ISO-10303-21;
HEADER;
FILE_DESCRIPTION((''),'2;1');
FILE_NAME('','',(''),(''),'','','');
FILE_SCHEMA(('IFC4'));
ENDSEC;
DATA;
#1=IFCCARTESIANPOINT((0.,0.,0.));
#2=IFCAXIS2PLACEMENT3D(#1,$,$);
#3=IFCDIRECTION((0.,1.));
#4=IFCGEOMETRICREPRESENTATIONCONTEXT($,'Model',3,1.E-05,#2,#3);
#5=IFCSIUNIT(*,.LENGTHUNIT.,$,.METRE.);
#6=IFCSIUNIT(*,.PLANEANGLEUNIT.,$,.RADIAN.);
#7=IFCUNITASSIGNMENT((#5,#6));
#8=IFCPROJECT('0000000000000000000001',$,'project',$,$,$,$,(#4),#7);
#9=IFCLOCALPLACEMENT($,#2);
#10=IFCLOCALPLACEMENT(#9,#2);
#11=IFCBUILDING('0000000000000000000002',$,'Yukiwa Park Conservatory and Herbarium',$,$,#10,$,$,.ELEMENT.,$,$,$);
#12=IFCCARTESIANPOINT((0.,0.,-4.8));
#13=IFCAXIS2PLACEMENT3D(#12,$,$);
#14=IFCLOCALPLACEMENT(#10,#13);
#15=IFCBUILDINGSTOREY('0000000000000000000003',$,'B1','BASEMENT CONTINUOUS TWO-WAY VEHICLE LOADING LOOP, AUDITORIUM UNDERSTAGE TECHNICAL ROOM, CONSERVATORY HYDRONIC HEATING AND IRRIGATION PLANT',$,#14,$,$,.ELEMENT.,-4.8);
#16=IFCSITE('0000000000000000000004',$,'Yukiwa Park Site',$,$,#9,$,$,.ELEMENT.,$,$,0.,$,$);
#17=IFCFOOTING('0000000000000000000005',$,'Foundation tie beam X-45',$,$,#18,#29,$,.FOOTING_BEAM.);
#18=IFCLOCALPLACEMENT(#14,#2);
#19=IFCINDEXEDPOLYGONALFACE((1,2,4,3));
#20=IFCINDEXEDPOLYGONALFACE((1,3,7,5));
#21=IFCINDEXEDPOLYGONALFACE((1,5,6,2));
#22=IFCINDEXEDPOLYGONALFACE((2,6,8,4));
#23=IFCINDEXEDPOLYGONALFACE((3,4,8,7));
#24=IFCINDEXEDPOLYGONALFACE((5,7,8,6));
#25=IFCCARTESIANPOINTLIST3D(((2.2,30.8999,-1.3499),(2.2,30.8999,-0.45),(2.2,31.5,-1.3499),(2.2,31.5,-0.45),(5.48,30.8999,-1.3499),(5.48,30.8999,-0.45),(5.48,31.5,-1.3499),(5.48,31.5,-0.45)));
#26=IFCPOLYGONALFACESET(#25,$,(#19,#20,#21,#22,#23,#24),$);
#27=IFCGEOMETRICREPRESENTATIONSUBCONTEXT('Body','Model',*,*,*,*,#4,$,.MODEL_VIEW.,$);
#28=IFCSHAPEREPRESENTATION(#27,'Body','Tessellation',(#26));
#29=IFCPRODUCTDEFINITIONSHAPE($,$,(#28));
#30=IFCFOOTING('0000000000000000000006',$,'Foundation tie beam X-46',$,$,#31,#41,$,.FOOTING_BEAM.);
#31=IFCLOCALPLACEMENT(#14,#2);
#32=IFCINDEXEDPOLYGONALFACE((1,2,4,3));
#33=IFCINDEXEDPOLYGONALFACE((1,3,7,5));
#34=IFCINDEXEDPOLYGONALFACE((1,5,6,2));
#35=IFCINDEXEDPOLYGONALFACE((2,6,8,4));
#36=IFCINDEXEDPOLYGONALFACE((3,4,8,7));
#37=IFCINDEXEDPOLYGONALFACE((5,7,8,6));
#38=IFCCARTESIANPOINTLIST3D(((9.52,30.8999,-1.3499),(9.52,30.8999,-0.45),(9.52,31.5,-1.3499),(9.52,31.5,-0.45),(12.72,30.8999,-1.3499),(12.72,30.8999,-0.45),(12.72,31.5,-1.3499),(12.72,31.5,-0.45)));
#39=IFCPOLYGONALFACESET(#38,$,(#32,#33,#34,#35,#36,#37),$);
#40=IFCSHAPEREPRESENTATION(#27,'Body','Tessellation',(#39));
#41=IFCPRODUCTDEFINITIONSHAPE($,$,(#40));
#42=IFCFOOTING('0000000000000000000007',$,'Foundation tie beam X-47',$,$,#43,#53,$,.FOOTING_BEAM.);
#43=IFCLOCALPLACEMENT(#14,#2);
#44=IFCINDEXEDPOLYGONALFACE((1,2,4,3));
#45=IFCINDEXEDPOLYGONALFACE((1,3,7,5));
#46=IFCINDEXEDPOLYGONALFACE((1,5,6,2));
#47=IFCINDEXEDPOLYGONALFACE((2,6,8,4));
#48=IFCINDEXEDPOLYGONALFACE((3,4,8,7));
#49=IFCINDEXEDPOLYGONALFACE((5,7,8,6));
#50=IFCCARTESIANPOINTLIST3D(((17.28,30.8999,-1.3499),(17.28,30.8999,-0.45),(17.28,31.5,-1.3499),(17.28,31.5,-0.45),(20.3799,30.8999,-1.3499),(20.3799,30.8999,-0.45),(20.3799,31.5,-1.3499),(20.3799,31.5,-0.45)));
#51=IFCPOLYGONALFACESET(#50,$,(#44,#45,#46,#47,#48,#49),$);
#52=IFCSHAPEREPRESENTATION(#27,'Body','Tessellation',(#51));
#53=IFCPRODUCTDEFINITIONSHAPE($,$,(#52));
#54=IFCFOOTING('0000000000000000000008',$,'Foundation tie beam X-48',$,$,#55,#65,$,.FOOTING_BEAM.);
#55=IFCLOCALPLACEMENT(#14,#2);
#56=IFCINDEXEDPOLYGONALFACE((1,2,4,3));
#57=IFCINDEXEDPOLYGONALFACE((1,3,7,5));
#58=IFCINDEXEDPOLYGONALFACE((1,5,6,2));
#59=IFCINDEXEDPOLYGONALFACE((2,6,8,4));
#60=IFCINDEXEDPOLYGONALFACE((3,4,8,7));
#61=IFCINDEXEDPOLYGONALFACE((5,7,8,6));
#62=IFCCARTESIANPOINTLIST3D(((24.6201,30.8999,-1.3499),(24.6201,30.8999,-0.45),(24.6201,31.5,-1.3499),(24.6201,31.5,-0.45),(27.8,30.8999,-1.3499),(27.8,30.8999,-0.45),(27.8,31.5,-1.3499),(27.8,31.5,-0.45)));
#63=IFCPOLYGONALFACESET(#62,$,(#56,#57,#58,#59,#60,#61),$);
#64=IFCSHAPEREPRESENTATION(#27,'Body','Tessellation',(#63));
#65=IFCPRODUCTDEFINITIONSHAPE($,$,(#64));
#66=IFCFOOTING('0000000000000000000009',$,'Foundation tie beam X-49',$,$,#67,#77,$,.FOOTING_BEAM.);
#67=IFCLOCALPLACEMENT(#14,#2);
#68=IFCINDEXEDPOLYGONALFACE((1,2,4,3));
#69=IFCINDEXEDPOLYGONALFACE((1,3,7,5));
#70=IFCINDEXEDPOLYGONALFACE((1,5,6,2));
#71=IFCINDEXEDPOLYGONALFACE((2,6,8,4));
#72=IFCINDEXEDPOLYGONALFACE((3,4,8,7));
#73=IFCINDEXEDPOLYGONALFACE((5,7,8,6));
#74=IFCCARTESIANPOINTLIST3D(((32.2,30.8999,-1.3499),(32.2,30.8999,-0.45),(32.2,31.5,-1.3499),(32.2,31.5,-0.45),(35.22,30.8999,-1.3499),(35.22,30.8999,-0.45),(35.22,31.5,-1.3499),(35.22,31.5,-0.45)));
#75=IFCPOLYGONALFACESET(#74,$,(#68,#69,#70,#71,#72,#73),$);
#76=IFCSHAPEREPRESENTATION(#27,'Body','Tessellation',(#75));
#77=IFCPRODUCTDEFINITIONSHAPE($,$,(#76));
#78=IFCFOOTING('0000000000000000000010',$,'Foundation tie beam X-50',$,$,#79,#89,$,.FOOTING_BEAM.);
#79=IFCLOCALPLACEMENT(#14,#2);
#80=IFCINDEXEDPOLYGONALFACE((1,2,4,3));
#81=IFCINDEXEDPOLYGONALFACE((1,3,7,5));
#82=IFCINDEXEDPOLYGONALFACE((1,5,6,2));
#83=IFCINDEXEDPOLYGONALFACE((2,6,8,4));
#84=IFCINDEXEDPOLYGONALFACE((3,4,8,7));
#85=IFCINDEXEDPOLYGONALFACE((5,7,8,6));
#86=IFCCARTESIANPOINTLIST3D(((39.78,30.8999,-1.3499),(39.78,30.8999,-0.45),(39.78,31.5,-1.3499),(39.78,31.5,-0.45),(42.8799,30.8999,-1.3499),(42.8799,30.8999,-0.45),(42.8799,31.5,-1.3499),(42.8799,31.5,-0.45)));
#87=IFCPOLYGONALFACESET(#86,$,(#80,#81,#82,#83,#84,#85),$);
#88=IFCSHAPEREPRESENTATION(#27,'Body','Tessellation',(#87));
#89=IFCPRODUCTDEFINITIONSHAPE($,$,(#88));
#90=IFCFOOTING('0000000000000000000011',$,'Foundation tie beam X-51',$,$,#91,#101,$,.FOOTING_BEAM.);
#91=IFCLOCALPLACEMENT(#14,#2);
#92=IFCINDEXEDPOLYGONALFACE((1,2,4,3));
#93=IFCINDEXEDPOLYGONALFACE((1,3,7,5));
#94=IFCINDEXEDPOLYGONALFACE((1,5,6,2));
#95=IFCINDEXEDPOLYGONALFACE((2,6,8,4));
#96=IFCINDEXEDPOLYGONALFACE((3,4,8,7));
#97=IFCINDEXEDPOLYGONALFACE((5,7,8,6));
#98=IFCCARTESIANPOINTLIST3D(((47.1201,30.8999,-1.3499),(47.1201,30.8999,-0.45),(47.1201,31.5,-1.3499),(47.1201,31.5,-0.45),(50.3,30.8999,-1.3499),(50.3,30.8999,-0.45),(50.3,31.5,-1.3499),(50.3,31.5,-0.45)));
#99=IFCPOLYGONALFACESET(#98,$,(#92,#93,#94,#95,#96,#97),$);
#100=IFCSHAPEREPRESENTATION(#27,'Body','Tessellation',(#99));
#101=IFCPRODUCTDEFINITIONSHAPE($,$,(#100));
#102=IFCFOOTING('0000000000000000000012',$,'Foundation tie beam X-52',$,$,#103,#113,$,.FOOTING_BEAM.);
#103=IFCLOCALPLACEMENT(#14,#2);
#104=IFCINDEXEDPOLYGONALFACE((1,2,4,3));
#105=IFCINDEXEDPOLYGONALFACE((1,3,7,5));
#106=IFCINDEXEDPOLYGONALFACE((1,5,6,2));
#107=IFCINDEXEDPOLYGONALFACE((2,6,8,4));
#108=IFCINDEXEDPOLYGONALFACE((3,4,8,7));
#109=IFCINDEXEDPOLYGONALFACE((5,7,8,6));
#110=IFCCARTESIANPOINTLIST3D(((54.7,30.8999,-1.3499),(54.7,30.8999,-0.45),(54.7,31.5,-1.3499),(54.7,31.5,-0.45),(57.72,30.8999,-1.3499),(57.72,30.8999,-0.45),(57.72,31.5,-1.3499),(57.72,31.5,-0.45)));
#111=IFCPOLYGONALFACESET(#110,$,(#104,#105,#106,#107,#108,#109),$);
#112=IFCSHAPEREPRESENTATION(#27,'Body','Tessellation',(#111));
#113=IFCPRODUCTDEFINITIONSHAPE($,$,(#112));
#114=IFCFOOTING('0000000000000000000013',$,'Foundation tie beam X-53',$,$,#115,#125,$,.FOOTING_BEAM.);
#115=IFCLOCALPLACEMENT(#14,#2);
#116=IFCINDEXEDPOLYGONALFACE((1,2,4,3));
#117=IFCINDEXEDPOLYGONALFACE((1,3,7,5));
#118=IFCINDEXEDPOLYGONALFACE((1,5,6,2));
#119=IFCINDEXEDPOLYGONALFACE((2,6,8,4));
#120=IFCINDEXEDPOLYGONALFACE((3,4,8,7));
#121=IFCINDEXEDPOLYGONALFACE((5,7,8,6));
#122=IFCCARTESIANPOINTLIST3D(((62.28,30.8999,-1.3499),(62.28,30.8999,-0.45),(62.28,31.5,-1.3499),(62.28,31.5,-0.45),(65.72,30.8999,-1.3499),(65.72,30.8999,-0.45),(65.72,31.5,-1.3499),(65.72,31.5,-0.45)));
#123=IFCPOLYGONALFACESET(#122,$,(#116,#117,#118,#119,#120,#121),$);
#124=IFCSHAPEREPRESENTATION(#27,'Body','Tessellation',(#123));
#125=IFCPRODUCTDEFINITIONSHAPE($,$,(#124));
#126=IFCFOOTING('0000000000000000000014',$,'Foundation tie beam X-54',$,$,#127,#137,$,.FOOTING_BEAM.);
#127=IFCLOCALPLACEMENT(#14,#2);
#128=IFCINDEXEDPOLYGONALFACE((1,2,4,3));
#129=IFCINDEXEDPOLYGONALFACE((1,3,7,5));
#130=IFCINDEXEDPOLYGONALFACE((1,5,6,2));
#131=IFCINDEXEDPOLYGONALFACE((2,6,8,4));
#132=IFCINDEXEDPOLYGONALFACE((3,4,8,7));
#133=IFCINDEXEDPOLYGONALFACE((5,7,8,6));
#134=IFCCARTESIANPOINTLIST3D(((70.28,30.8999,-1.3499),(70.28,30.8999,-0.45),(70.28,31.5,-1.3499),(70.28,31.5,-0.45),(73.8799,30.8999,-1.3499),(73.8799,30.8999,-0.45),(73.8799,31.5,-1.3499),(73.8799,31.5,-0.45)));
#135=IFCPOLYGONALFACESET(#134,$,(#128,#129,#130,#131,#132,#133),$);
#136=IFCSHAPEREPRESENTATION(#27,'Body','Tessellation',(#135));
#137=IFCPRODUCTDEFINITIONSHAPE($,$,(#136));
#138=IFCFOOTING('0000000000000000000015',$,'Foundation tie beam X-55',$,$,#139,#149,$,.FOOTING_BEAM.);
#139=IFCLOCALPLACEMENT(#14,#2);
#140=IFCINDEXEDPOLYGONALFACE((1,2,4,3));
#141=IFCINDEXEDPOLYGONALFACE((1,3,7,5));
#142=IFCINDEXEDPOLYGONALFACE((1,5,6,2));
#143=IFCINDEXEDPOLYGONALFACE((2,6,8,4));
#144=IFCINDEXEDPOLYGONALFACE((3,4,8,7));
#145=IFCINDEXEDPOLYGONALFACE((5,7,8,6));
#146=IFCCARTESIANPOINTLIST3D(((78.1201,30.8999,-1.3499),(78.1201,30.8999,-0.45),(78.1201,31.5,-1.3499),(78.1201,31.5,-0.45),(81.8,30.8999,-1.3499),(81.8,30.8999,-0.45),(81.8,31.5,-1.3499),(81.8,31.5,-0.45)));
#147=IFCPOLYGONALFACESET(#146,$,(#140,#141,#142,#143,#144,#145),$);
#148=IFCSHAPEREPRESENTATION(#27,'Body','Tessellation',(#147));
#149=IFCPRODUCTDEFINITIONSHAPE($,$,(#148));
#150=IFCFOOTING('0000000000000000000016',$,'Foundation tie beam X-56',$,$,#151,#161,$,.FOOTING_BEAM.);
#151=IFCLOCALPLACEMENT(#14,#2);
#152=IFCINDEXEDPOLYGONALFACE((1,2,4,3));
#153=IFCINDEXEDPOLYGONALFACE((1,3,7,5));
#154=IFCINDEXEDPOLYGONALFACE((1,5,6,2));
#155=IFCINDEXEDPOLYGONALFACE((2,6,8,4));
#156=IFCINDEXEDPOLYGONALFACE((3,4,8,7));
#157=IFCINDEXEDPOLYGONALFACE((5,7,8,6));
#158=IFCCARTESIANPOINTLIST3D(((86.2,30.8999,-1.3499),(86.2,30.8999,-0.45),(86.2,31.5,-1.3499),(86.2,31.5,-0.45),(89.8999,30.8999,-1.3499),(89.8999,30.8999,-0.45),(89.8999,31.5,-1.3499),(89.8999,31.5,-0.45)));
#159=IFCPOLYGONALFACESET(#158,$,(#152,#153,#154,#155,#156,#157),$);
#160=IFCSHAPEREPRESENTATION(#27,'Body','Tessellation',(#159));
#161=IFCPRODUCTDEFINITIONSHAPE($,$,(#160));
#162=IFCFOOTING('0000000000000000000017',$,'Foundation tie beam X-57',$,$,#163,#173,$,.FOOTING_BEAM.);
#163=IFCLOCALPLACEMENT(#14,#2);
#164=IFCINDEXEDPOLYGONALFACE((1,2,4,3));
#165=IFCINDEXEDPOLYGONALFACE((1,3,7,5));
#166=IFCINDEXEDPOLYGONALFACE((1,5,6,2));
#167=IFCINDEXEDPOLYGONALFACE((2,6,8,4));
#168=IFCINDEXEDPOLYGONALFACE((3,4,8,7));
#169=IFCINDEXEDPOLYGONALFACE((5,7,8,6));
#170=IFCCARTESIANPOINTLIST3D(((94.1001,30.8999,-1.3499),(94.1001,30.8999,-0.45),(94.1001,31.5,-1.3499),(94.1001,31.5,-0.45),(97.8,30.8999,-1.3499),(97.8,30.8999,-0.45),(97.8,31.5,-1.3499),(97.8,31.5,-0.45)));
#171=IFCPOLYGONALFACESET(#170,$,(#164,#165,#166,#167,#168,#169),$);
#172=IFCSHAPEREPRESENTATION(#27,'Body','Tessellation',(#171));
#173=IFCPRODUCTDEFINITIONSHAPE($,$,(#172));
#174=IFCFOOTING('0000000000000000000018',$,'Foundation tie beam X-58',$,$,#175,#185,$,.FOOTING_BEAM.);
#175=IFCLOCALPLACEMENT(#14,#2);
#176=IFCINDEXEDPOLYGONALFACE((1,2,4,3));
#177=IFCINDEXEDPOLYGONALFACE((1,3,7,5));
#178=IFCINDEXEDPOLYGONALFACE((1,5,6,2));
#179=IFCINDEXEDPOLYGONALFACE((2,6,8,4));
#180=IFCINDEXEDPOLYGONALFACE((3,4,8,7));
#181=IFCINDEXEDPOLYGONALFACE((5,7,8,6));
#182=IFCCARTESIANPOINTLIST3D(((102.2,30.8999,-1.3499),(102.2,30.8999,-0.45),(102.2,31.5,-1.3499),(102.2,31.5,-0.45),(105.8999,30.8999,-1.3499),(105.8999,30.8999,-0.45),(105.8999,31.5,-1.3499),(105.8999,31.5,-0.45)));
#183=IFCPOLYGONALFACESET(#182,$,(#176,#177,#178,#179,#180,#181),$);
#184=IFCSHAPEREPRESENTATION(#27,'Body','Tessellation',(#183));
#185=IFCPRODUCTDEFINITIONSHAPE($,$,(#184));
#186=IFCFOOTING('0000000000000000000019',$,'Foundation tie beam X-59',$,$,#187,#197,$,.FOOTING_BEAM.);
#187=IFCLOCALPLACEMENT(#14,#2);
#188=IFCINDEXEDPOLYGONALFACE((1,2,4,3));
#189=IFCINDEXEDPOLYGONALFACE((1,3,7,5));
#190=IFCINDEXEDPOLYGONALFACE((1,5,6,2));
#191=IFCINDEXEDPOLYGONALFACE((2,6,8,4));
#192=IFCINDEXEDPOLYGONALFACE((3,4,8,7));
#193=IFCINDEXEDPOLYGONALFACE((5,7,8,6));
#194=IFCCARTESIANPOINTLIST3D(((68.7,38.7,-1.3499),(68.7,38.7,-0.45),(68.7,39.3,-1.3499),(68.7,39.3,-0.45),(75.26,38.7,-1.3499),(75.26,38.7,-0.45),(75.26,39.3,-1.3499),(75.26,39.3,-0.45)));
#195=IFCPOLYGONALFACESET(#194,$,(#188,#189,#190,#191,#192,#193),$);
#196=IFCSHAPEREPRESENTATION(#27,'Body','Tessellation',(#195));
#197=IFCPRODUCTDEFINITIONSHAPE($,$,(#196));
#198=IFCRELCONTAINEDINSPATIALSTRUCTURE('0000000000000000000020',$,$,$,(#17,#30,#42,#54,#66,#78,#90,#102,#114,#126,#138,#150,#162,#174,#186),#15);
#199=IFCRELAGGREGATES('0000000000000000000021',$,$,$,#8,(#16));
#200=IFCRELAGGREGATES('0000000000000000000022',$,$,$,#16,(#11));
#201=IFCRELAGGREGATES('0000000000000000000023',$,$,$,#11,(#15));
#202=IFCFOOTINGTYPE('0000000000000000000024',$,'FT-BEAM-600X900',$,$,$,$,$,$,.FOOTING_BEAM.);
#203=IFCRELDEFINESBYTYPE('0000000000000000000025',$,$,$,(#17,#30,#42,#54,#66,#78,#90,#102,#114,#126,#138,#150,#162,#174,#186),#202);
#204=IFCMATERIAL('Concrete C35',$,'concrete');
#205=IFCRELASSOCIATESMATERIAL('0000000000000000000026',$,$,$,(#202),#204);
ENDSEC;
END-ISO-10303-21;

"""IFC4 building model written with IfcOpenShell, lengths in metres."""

from ifc_helpers import new_model, si_unit, direction, frame, origin, place, context, subcontext, project, spatial, polyline, outline, extrude, material, type_object, element, save


model = new_model("IFC4")

# Units and contexts
model_context = context("Model", 3, precision=1e-05, world=origin(), true_north=direction((0.0, 1.0)))
body_context = subcontext(model_context, "Body", "Model", "MODEL_VIEW")
ifc_project = project(units=[si_unit("LENGTHUNIT", "METRE"), si_unit("PLANEANGLEUNIT", "RADIAN")], contexts=[model_context])

# Site, building, storey
site_placement = place(None, origin())
site = spatial("IfcSite", under=ifc_project, at=site_placement, Name="Yukiwa Park Site", CompositionType="ELEMENT", RefElevation=0.0)
building_placement = place(site_placement, origin())
building = spatial("IfcBuilding", under=site, at=building_placement, Name="Yukiwa Park Conservatory and Herbarium", CompositionType="ELEMENT")
storey_placement = place(building_placement, frame((0.0, 0.0, -4.8)))
storey = spatial("IfcBuildingStorey", under=building, at=storey_placement, Name="B1", Description="BASEMENT CONTINUOUS TWO-WAY VEHICLE LOADING LOOP, AUDITORIUM UNDERSTAGE TECHNICAL ROOM, CONSERVATORY HYDRONIC HEATING AND IRRIGATION PLANT", CompositionType="ELEMENT", Elevation=-4.8)

# Footings
ifc_material = material(Name="Concrete C35", Category="concrete")
footing_type = type_object("IfcFootingType", Name="FT-BEAM-600X900", PredefinedType="FOOTING_BEAM", material=ifc_material)
footing_1_placement = place(storey_placement, frame((0.0, 0.0, -1.3499)))
element("IfcFooting", 1, at=footing_1_placement, inside=storey, type_object=footing_type, Name="Foundation tie beam X-45", PredefinedType="FOOTING_BEAM", context=body_context, shape_type="SweptSolid", body=[
    extrude(outline(polyline([(2.2, 30.8999), (5.48, 30.8999), (5.48, 31.5), (2.2, 31.5), (2.2, 30.8999)])), origin(), (0.0, 0.0, 1.0), 0.8999),
])
footing_2_placement = place(storey_placement, frame((0.0, 0.0, -1.3499)))
element("IfcFooting", 2, at=footing_2_placement, inside=storey, type_object=footing_type, Name="Foundation tie beam X-46", PredefinedType="FOOTING_BEAM", context=body_context, shape_type="SweptSolid", body=[
    extrude(outline(polyline([(9.52, 30.8999), (12.72, 30.8999), (12.72, 31.5), (9.52, 31.5), (9.52, 30.8999)])), origin(), (0.0, 0.0, 1.0), 0.8999),
])
footing_3_placement = place(storey_placement, frame((0.0, 0.0, -1.3499)))
element("IfcFooting", 3, at=footing_3_placement, inside=storey, type_object=footing_type, Name="Foundation tie beam X-47", PredefinedType="FOOTING_BEAM", context=body_context, shape_type="SweptSolid", body=[
    extrude(outline(polyline([(17.28, 30.8999), (20.3799, 30.8999), (20.3799, 31.5), (17.28, 31.5), (17.28, 30.8999)])), origin(), (0.0, 0.0, 1.0), 0.8999),
])
footing_4_placement = place(storey_placement, frame((0.0, 0.0, -1.3499)))
element("IfcFooting", 4, at=footing_4_placement, inside=storey, type_object=footing_type, Name="Foundation tie beam X-48", PredefinedType="FOOTING_BEAM", context=body_context, shape_type="SweptSolid", body=[
    extrude(outline(polyline([(24.6201, 30.8999), (27.8, 30.8999), (27.8, 31.5), (24.6201, 31.5), (24.6201, 30.8999)])), origin(), (0.0, 0.0, 1.0), 0.8999),
])
footing_5_placement = place(storey_placement, frame((0.0, 0.0, -1.3499)))
element("IfcFooting", 5, at=footing_5_placement, inside=storey, type_object=footing_type, Name="Foundation tie beam X-49", PredefinedType="FOOTING_BEAM", context=body_context, shape_type="SweptSolid", body=[
    extrude(outline(polyline([(32.2, 30.8999), (35.22, 30.8999), (35.22, 31.5), (32.2, 31.5), (32.2, 30.8999)])), origin(), (0.0, 0.0, 1.0), 0.8999),
])
footing_6_placement = place(storey_placement, frame((0.0, 0.0, -1.3499)))
element("IfcFooting", 6, at=footing_6_placement, inside=storey, type_object=footing_type, Name="Foundation tie beam X-50", PredefinedType="FOOTING_BEAM", context=body_context, shape_type="SweptSolid", body=[
    extrude(outline(polyline([(39.78, 30.8999), (42.8799, 30.8999), (42.8799, 31.5), (39.78, 31.5), (39.78, 30.8999)])), origin(), (0.0, 0.0, 1.0), 0.8999),
])
footing_7_placement = place(storey_placement, frame((0.0, 0.0, -1.3499)))
element("IfcFooting", 7, at=footing_7_placement, inside=storey, type_object=footing_type, Name="Foundation tie beam X-51", PredefinedType="FOOTING_BEAM", context=body_context, shape_type="SweptSolid", body=[
    extrude(outline(polyline([(47.1201, 30.8999), (50.3, 30.8999), (50.3, 31.5), (47.1201, 31.5), (47.1201, 30.8999)])), origin(), (0.0, 0.0, 1.0), 0.8999),
])
footing_8_placement = place(storey_placement, frame((0.0, 0.0, -1.3499)))
element("IfcFooting", 8, at=footing_8_placement, inside=storey, type_object=footing_type, Name="Foundation tie beam X-52", PredefinedType="FOOTING_BEAM", context=body_context, shape_type="SweptSolid", body=[
    extrude(outline(polyline([(54.7, 30.8999), (57.72, 30.8999), (57.72, 31.5), (54.7, 31.5), (54.7, 30.8999)])), origin(), (0.0, 0.0, 1.0), 0.8999),
])
footing_9_placement = place(storey_placement, frame((0.0, 0.0, -1.3499)))
element("IfcFooting", 9, at=footing_9_placement, inside=storey, type_object=footing_type, Name="Foundation tie beam X-53", PredefinedType="FOOTING_BEAM", context=body_context, shape_type="SweptSolid", body=[
    extrude(outline(polyline([(62.28, 30.8999), (65.72, 30.8999), (65.72, 31.5), (62.28, 31.5), (62.28, 30.8999)])), origin(), (0.0, 0.0, 1.0), 0.8999),
])
footing_10_placement = place(storey_placement, frame((0.0, 0.0, -1.3499)))
element("IfcFooting", 10, at=footing_10_placement, inside=storey, type_object=footing_type, Name="Foundation tie beam X-54", PredefinedType="FOOTING_BEAM", context=body_context, shape_type="SweptSolid", body=[
    extrude(outline(polyline([(70.28, 30.8999), (73.8799, 30.8999), (73.8799, 31.5), (70.28, 31.5), (70.28, 30.8999)])), origin(), (0.0, 0.0, 1.0), 0.8999),
])
footing_11_placement = place(storey_placement, frame((0.0, 0.0, -1.3499)))
element("IfcFooting", 11, at=footing_11_placement, inside=storey, type_object=footing_type, Name="Foundation tie beam X-55", PredefinedType="FOOTING_BEAM", context=body_context, shape_type="SweptSolid", body=[
    extrude(outline(polyline([(78.1201, 30.8999), (81.8, 30.8999), (81.8, 31.5), (78.1201, 31.5), (78.1201, 30.8999)])), origin(), (0.0, 0.0, 1.0), 0.8999),
])
footing_12_placement = place(storey_placement, frame((0.0, 0.0, -1.3499)))
element("IfcFooting", 12, at=footing_12_placement, inside=storey, type_object=footing_type, Name="Foundation tie beam X-56", PredefinedType="FOOTING_BEAM", context=body_context, shape_type="SweptSolid", body=[
    extrude(outline(polyline([(86.2, 30.8999), (89.8999, 30.8999), (89.8999, 31.5), (86.2, 31.5), (86.2, 30.8999)])), origin(), (0.0, 0.0, 1.0), 0.8999),
])
footing_13_placement = place(storey_placement, frame((0.0, 0.0, -1.3499)))
element("IfcFooting", 13, at=footing_13_placement, inside=storey, type_object=footing_type, Name="Foundation tie beam X-57", PredefinedType="FOOTING_BEAM", context=body_context, shape_type="SweptSolid", body=[
    extrude(outline(polyline([(94.1001, 30.8999), (97.8, 30.8999), (97.8, 31.5), (94.1001, 31.5), (94.1001, 30.8999)])), origin(), (0.0, 0.0, 1.0), 0.8999),
])
footing_14_placement = place(storey_placement, frame((0.0, 0.0, -1.3499)))
element("IfcFooting", 14, at=footing_14_placement, inside=storey, type_object=footing_type, Name="Foundation tie beam X-58", PredefinedType="FOOTING_BEAM", context=body_context, shape_type="SweptSolid", body=[
    extrude(outline(polyline([(102.2, 30.8999), (105.8999, 30.8999), (105.8999, 31.5), (102.2, 31.5), (102.2, 30.8999)])), origin(), (0.0, 0.0, 1.0), 0.8999),
])
footing_15_placement = place(storey_placement, frame((0.0, 0.0, -1.3499)))
element("IfcFooting", 15, at=footing_15_placement, inside=storey, type_object=footing_type, Name="Foundation tie beam X-59", PredefinedType="FOOTING_BEAM", context=body_context, shape_type="SweptSolid", body=[
    extrude(outline(polyline([(68.7, 38.7), (75.26, 38.7), (75.26, 39.3), (68.7, 39.3), (68.7, 38.7)])), origin(), (0.0, 0.0, 1.0), 0.8999),
])

save(model, "model.ifc")
